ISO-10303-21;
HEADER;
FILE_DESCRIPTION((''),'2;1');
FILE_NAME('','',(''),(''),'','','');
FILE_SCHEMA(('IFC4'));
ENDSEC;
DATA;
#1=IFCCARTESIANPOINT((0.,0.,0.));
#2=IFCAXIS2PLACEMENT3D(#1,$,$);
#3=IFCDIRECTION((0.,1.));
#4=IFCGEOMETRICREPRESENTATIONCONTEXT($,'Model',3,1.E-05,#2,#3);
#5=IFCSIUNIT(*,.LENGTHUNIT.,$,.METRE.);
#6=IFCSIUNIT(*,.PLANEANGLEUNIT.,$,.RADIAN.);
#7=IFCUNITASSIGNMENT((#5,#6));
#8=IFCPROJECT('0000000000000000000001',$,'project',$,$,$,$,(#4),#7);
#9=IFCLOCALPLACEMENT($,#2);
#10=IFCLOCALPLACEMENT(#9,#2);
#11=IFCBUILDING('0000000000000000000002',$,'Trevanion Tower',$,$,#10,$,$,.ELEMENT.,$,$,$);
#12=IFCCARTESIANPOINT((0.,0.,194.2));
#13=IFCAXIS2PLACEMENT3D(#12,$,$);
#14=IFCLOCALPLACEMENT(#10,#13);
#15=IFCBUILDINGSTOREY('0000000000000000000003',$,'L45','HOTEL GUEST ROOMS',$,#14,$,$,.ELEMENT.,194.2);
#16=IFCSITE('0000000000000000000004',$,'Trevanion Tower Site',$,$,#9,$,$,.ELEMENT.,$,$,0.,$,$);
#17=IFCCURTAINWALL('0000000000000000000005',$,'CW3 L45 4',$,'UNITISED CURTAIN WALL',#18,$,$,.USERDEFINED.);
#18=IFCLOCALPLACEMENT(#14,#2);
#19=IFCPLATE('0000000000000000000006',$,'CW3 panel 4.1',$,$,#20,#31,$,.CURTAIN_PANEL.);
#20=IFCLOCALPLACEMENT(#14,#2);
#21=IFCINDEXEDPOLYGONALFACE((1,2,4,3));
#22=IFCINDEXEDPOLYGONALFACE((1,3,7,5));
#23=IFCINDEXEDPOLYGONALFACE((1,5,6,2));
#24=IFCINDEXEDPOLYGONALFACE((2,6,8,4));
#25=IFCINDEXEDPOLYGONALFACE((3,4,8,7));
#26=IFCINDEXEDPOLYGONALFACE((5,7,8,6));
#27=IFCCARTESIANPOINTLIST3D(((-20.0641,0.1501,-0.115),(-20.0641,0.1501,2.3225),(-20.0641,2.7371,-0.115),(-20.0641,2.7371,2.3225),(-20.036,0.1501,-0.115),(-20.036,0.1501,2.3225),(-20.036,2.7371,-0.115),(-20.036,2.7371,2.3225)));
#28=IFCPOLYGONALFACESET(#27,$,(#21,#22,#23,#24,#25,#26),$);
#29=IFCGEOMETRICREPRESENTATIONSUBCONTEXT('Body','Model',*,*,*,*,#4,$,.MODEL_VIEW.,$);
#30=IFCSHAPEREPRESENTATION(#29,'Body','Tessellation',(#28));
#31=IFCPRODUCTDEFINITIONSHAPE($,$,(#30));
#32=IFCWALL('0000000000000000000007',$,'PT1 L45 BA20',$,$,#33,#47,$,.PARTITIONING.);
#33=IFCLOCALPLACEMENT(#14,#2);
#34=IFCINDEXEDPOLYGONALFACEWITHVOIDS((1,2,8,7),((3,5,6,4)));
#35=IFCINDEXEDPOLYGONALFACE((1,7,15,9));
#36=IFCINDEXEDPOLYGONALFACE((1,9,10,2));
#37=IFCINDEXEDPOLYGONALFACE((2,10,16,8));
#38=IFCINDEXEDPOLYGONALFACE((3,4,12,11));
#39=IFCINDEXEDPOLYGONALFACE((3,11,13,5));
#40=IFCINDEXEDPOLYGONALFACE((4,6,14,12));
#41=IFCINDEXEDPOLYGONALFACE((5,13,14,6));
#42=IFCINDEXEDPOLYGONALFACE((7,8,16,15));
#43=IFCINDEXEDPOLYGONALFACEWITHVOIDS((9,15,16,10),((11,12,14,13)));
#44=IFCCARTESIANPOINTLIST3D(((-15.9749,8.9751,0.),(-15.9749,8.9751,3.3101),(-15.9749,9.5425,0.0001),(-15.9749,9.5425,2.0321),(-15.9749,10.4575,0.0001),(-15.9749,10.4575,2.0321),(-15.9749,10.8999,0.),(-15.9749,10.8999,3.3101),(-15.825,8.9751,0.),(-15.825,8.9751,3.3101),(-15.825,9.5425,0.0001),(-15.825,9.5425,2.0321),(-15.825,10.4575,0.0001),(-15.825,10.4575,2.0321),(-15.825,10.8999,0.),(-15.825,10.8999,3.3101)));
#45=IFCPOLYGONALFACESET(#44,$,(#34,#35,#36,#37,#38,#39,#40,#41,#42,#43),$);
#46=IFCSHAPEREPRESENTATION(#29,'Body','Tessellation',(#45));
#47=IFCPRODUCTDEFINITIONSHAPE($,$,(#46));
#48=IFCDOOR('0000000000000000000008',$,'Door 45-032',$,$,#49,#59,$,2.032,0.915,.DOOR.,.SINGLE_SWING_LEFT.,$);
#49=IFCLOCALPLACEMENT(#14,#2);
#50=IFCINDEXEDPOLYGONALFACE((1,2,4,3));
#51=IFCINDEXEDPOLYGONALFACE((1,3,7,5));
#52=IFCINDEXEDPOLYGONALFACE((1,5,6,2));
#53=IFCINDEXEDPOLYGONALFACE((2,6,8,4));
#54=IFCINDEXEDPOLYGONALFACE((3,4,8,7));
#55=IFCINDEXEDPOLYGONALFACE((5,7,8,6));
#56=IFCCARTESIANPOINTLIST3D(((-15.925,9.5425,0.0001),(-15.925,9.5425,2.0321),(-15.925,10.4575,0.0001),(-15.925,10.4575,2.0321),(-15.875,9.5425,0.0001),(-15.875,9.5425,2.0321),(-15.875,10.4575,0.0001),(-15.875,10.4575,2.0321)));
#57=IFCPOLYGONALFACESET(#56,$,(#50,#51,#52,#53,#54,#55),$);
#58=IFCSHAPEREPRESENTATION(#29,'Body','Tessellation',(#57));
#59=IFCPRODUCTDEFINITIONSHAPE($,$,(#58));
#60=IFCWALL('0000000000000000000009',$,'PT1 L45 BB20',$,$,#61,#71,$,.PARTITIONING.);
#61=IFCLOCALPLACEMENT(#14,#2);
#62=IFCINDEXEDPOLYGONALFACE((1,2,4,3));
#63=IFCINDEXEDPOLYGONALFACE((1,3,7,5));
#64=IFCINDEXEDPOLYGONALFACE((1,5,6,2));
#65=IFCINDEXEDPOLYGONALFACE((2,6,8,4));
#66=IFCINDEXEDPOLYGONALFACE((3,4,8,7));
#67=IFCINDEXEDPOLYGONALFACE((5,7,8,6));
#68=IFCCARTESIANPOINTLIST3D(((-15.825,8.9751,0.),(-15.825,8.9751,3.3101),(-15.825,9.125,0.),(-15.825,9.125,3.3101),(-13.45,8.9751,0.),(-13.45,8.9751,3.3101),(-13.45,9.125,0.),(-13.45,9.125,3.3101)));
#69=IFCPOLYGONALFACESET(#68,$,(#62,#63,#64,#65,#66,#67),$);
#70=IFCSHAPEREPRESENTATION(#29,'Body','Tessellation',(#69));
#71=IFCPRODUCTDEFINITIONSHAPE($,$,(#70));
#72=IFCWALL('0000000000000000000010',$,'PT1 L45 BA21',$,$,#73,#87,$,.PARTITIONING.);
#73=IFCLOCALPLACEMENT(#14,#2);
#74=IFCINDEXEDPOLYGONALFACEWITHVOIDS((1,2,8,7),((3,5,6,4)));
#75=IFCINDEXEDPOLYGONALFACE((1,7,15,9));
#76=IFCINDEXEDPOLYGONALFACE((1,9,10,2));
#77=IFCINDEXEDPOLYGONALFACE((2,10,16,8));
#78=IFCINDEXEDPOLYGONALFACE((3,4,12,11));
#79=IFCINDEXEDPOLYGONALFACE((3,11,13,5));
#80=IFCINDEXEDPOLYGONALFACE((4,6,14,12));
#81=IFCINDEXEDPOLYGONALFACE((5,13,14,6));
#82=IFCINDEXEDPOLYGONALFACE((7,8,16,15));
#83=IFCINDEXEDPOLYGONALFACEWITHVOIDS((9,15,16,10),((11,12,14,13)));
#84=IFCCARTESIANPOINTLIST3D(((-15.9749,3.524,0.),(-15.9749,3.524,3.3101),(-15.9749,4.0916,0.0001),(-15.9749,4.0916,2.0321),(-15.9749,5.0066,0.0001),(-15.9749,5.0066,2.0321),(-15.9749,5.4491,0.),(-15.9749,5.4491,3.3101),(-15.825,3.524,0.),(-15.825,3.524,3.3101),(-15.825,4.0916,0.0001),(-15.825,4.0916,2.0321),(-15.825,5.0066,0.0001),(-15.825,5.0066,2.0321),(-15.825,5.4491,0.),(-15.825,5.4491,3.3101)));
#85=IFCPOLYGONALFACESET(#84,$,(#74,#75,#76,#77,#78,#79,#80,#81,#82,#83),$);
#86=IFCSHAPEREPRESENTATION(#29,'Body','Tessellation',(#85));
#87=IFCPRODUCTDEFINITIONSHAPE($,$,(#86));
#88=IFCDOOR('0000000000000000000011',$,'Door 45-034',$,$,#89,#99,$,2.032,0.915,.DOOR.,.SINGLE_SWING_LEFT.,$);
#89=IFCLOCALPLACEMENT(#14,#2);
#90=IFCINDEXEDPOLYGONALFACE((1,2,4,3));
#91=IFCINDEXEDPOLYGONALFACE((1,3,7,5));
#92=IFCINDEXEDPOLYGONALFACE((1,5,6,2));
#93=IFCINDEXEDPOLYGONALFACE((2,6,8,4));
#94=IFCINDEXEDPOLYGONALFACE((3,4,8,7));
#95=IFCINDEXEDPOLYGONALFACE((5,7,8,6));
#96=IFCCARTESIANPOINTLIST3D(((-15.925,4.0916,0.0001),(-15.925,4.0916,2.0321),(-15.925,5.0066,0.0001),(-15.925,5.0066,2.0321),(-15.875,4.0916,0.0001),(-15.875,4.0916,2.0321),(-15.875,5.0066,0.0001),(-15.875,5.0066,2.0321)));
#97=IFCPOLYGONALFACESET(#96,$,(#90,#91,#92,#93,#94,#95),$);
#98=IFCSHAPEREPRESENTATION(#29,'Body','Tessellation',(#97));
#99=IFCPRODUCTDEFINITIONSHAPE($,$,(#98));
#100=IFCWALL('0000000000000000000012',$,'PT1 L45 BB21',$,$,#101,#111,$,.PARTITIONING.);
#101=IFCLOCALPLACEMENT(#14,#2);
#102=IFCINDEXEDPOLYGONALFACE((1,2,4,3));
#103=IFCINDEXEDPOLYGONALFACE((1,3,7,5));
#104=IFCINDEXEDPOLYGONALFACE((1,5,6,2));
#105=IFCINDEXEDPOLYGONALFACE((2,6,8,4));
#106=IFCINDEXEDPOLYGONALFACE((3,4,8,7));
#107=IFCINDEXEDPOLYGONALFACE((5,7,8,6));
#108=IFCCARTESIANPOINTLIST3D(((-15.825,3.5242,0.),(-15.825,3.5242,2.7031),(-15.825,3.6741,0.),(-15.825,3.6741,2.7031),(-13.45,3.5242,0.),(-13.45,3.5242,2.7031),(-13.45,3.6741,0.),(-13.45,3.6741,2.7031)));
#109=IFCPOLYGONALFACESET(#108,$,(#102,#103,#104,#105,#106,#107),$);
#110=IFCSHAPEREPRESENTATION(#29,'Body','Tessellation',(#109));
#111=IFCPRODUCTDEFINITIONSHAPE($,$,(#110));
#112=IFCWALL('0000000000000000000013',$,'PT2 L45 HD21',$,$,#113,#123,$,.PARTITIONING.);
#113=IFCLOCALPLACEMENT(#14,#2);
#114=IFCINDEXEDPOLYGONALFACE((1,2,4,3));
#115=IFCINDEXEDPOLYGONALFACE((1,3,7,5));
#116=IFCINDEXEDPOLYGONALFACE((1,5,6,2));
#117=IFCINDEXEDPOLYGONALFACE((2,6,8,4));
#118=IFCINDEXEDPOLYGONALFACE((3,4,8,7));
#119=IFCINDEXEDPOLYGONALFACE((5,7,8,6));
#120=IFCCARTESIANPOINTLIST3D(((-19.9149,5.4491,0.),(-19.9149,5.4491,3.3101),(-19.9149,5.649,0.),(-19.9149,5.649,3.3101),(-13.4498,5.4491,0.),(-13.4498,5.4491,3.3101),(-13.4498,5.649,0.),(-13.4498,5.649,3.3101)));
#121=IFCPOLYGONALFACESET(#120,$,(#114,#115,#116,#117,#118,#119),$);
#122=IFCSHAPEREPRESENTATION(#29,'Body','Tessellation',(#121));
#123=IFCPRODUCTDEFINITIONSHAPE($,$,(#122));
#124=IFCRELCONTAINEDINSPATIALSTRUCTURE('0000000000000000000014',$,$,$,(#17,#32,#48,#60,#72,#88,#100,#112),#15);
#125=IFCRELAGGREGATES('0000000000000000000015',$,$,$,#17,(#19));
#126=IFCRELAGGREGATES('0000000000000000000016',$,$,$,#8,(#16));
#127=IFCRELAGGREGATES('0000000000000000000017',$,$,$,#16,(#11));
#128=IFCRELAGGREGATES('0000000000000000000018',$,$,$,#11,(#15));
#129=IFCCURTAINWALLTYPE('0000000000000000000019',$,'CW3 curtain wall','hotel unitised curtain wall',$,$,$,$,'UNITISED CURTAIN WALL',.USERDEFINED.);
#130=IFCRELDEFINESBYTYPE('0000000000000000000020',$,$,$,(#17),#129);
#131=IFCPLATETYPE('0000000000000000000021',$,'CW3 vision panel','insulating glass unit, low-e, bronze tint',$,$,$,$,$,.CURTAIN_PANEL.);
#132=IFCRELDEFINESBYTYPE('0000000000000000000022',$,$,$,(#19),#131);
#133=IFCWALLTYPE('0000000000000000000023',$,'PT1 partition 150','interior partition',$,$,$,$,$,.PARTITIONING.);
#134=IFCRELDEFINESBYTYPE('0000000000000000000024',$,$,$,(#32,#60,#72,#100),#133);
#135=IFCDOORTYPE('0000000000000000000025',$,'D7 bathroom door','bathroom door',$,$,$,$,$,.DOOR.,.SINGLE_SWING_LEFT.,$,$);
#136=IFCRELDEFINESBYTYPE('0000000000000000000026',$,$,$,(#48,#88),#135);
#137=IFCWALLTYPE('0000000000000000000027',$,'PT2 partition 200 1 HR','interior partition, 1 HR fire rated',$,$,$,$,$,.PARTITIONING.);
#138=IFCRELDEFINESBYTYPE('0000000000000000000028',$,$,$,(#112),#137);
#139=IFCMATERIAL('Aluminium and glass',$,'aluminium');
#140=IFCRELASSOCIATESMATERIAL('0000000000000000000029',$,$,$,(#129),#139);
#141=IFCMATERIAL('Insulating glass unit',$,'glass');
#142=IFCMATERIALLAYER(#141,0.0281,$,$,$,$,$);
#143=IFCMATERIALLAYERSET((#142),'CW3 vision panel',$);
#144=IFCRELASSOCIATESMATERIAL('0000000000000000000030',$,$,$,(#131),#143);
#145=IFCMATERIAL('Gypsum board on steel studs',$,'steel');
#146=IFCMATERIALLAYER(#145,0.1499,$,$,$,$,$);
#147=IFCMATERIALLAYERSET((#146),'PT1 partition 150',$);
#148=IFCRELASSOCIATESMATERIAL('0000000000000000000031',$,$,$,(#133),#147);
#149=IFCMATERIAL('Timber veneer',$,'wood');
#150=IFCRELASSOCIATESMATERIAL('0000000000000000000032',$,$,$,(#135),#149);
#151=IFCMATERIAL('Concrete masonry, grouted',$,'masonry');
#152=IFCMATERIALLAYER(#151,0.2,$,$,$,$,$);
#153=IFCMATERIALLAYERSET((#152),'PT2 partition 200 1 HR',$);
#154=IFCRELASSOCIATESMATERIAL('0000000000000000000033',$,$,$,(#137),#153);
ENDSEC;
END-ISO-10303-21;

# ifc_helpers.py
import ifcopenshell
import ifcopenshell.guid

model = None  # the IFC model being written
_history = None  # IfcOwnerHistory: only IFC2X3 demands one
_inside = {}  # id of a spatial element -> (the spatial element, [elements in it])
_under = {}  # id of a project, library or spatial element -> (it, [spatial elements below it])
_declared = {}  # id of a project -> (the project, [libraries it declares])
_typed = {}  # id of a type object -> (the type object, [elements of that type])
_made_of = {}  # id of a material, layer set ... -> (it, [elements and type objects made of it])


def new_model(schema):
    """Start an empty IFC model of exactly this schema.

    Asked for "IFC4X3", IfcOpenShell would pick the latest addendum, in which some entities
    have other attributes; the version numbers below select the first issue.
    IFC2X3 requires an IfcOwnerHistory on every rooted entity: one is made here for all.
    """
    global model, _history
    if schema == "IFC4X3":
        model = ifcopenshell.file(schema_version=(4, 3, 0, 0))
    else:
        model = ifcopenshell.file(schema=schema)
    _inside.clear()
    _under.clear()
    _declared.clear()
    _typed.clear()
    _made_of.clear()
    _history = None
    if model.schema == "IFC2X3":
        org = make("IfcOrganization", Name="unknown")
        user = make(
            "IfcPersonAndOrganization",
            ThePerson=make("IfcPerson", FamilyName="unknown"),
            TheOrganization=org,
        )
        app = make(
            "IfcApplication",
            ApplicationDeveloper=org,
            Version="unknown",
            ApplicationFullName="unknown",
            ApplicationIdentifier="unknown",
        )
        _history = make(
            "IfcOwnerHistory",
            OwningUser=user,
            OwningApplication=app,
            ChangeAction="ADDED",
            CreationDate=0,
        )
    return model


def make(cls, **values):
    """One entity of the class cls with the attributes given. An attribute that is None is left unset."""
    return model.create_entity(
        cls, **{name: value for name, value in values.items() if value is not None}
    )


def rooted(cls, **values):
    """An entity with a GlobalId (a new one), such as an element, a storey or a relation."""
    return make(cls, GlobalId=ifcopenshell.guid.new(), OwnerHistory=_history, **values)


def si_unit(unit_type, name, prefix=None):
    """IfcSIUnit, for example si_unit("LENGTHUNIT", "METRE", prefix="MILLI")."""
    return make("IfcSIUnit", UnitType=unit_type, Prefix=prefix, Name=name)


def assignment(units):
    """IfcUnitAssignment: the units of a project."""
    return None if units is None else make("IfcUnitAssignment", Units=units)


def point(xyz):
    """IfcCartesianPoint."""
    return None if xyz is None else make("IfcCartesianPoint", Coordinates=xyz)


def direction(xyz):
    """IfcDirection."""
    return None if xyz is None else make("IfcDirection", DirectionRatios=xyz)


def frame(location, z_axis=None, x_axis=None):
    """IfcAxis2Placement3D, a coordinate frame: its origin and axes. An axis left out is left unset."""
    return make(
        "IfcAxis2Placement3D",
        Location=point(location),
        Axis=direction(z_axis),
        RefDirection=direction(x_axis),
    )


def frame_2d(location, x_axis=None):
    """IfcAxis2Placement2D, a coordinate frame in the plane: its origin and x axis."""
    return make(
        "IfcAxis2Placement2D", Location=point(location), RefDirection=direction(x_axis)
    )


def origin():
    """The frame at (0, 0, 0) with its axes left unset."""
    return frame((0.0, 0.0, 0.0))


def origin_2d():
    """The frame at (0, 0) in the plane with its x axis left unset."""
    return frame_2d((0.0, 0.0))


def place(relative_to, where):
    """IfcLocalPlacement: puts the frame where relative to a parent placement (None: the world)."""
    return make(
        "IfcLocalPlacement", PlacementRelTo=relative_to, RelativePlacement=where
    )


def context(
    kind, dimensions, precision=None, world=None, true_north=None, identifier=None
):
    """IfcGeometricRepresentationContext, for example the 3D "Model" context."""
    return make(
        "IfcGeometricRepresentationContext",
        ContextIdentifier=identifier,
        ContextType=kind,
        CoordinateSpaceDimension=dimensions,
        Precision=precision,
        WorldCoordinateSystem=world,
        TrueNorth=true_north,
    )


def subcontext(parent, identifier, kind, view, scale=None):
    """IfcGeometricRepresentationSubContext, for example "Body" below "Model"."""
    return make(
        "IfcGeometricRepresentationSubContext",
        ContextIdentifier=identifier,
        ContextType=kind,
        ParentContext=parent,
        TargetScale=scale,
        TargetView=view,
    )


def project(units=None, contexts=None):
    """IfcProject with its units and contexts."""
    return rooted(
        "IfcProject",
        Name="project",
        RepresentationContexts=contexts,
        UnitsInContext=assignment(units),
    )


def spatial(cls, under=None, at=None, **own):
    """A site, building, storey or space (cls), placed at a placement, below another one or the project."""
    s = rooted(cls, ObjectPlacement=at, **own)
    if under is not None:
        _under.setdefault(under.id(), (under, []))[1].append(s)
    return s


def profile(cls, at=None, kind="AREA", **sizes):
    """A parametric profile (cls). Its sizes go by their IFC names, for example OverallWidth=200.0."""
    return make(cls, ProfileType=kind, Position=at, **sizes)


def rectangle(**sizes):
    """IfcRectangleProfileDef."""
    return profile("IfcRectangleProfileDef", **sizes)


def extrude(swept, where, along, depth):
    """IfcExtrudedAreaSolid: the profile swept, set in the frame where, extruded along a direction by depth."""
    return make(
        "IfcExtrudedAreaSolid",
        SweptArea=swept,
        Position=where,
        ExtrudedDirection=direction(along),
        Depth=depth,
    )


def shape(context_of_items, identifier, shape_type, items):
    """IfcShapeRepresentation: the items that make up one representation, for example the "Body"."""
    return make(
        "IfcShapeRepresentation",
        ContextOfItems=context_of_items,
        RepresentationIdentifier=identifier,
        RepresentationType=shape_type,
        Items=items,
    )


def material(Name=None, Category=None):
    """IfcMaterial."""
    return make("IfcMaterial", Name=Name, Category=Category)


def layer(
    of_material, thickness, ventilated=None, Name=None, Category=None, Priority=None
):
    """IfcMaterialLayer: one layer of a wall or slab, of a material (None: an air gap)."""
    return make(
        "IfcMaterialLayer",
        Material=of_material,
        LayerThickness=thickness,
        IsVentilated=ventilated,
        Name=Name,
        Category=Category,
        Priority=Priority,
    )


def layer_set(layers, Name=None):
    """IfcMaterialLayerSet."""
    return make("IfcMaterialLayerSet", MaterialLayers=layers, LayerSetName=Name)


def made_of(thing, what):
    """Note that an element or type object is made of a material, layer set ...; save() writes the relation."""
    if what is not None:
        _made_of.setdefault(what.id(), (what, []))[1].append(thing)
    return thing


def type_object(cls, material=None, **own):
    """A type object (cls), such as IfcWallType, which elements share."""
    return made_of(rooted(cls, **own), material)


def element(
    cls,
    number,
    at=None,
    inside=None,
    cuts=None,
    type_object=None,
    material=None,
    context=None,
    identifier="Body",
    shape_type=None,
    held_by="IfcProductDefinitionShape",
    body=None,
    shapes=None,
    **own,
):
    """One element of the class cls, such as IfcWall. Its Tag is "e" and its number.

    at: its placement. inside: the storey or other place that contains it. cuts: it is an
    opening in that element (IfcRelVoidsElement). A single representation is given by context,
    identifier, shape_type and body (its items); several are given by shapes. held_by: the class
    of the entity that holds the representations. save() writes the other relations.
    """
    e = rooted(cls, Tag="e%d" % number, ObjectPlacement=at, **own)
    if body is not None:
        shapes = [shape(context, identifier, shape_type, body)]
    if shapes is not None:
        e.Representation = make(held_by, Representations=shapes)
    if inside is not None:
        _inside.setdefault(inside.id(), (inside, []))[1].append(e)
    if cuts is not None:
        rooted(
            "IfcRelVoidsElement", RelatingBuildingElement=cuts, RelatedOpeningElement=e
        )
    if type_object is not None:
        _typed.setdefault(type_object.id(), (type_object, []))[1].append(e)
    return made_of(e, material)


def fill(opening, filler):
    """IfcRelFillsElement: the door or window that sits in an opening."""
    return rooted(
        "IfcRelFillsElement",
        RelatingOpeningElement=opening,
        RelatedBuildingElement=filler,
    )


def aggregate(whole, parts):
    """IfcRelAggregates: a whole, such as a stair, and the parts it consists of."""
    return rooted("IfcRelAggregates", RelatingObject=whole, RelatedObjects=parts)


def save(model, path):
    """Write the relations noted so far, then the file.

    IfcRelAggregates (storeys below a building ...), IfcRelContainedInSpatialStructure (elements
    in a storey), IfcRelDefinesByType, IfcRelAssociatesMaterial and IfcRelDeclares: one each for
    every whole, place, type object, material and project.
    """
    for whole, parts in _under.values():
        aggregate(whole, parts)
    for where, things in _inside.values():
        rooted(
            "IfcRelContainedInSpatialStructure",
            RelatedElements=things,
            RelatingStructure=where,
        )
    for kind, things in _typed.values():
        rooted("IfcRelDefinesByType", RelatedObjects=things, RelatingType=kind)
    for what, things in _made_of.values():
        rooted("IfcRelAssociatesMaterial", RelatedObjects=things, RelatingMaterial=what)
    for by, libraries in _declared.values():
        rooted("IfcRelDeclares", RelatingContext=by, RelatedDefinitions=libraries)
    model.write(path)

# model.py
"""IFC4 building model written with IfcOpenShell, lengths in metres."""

from ifc_helpers import new_model, si_unit, direction, frame, frame_2d, origin, origin_2d, place, context, subcontext, project, spatial, rectangle, extrude, material, layer, layer_set, type_object, element, fill, aggregate, save


model = new_model("IFC4")

# Units and contexts
model_context = context("Model", 3, precision=1e-05, world=origin(), true_north=direction((0.0, 1.0)))
body_context = subcontext(model_context, "Body", "Model", "MODEL_VIEW")
ifc_project = project(units=[si_unit("LENGTHUNIT", "METRE"), si_unit("PLANEANGLEUNIT", "RADIAN")], contexts=[model_context])

# Site, building, storey
site_placement = place(None, origin())
site = spatial("IfcSite", under=ifc_project, at=site_placement, Name="Trevanion Tower Site", CompositionType="ELEMENT", RefElevation=0.0)
building_placement = place(site_placement, origin())
building = spatial("IfcBuilding", under=site, at=building_placement, Name="Trevanion Tower", CompositionType="ELEMENT")
storey_placement = place(building_placement, frame((0.0, 0.0, 194.2)))
storey = spatial("IfcBuildingStorey", under=building, at=storey_placement, Name="L45", Description="HOTEL GUEST ROOMS", CompositionType="ELEMENT", Elevation=194.2)

# Curtain wall
ifc_material_1 = material(Name="Aluminium and glass", Category="aluminium")
curtain_wall_type = type_object("IfcCurtainWallType", Name="CW3 curtain wall", Description="hotel unitised curtain wall", ElementType="UNITISED CURTAIN WALL", PredefinedType="USERDEFINED", material=ifc_material_1)
curtain_wall_placement = place(storey_placement, origin())
curtain_wall = element("IfcCurtainWall", 1, at=curtain_wall_placement, inside=storey, type_object=curtain_wall_type, Name="CW3 L45 4", ObjectType="UNITISED CURTAIN WALL", PredefinedType="USERDEFINED")

# Plate
ifc_material_2 = material(Name="Insulating glass unit", Category="glass")
ifc_layer_1 = layer(ifc_material_2, 0.0281)
ifc_layer_set_1 = layer_set([ifc_layer_1], Name="CW3 vision panel")
plate_type_1 = type_object("IfcPlateType", Name="CW3 vision panel", Description="insulating glass unit, low-e, bronze tint", PredefinedType="CURTAIN_PANEL", material=ifc_layer_set_1)
plate_1_placement = place(storey_placement, frame((-20.05, 1.4436, -0.115), z_axis=(0.0, 0.0, 1.0), x_axis=(0.0, -1.0, 0.0)))
plate_1 = element("IfcPlate", 2, at=plate_1_placement, type_object=plate_type_1, Name="CW3 panel 4.1", PredefinedType="CURTAIN_PANEL", context=body_context, shape_type="SweptSolid", body=[
    extrude(rectangle(XDim=2.5869, YDim=0.0281, at=origin_2d()), origin(), (0.0, 0.0, 1.0), 2.4375),
])
aggregate(curtain_wall, [plate_1])

# Wall, opening, door
ifc_material_3 = material(Name="Gypsum board on steel studs", Category="steel")
ifc_layer_2 = layer(ifc_material_3, 0.1499)
ifc_layer_set_2 = layer_set([ifc_layer_2], Name="PT1 partition 150")
wall_type_1 = type_object("IfcWallType", Name="PT1 partition 150", Description="interior partition", PredefinedType="PARTITIONING", material=ifc_layer_set_2)
wall_1_placement = place(storey_placement, frame((-15.8999, 10.8999, 0.0), z_axis=(0.0, 0.0, 1.0), x_axis=(0.0, -1.0, 0.0)))
wall_1 = element("IfcWall", 3, at=wall_1_placement, inside=storey, type_object=wall_type_1, Name="PT1 L45 BA20", PredefinedType="PARTITIONING", context=body_context, shape_type="SweptSolid", body=[
    extrude(rectangle(XDim=1.9248, YDim=0.1499, at=frame_2d((0.9624, 0.0))), origin(), (0.0, 0.0, 1.0), 3.3101),
])
opening_1_placement = place(wall_1_placement, frame((0.4424, 0.0, 0.0)))
opening_1 = element("IfcOpeningElement", 4, at=opening_1_placement, cuts=wall_1, PredefinedType="OPENING", context=body_context, shape_type="SweptSolid", body=[
    extrude(rectangle(XDim=0.915, YDim=2.032, at=frame_2d((0.4575, 1.0161))), frame((0.0, 0.085, 0.0), z_axis=(0.0, -1.0, 0.0), x_axis=(1.0, 0.0, 0.0)), (0.0, 0.0, 1.0), 0.1699),
])
ifc_material_4 = material(Name="Timber veneer", Category="wood")
door_type = type_object("IfcDoorType", Name="D7 bathroom door", Description="bathroom door", OperationType="SINGLE_SWING_LEFT", PredefinedType="DOOR", material=ifc_material_4)
door_1_placement = place(opening_1_placement, origin())
door_1 = element("IfcDoor", 5, at=door_1_placement, inside=storey, type_object=door_type, Name="Door 45-032", OperationType="SINGLE_SWING_LEFT", OverallHeight=2.032, OverallWidth=0.915, PredefinedType="DOOR", context=body_context, shape_type="SweptSolid", body=[
    extrude(rectangle(XDim=0.915, YDim=2.032, at=frame_2d((0.4575, 1.0161))), frame((0.0, 0.0249, 0.0), z_axis=(0.0, -1.0, 0.0), x_axis=(1.0, 0.0, 0.0)), (0.0, 0.0, 1.0), 0.05),
])
fill(opening_1, door_1)

# Wall
wall_2_placement = place(storey_placement, frame((-13.45, 9.05, 0.0), z_axis=(0.0, 0.0, 1.0), x_axis=(-1.0, 0.0, 0.0)))
element("IfcWall", 6, at=wall_2_placement, inside=storey, type_object=wall_type_1, Name="PT1 L45 BB20", PredefinedType="PARTITIONING", context=body_context, shape_type="SweptSolid", body=[
    extrude(rectangle(XDim=2.375, YDim=0.1499, at=frame_2d((1.1875, 0.0))), origin(), (0.0, 0.0, 1.0), 3.3101),
])

# Wall, opening, door
wall_3_placement = place(storey_placement, frame((-15.8999, 5.449, 0.0), z_axis=(0.0, 0.0, 1.0), x_axis=(0.0, -1.0, 0.0)))
wall_3 = element("IfcWall", 7, at=wall_3_placement, inside=storey, type_object=wall_type_1, Name="PT1 L45 BA21", PredefinedType="PARTITIONING", context=body_context, shape_type="SweptSolid", body=[
    extrude(rectangle(XDim=1.925, YDim=0.1499, at=frame_2d((0.9624, 0.0))), origin(), (0.0, 0.0, 1.0), 3.3101),
])
opening_2_placement = place(wall_3_placement, frame((0.4424, 0.0, 0.0)))
opening_2 = element("IfcOpeningElement", 8, at=opening_2_placement, cuts=wall_3, PredefinedType="OPENING", context=body_context, shape_type="SweptSolid", body=[
    extrude(rectangle(XDim=0.915, YDim=2.032, at=frame_2d((0.4575, 1.0161))), frame((0.0, 0.085, 0.0), z_axis=(0.0, -1.0, 0.0), x_axis=(1.0, 0.0, 0.0)), (0.0, 0.0, 1.0), 0.1699),
])
door_2_placement = place(opening_2_placement, origin())
door_2 = element("IfcDoor", 9, at=door_2_placement, inside=storey, type_object=door_type, Name="Door 45-034", OperationType="SINGLE_SWING_LEFT", OverallHeight=2.032, OverallWidth=0.915, PredefinedType="DOOR", context=body_context, shape_type="SweptSolid", body=[
    extrude(rectangle(XDim=0.915, YDim=2.032, at=frame_2d((0.4575, 1.0161))), frame((0.0, 0.0249, 0.0), z_axis=(0.0, -1.0, 0.0), x_axis=(1.0, 0.0, 0.0)), (0.0, 0.0, 1.0), 0.05),
])
fill(opening_2, door_2)

# Walls
wall_4_placement = place(storey_placement, frame((-13.45, 3.5991, 0.0), z_axis=(0.0, 0.0, 1.0), x_axis=(-1.0, 0.0, 0.0)))
element("IfcWall", 10, at=wall_4_placement, inside=storey, type_object=wall_type_1, Name="PT1 L45 BB21", PredefinedType="PARTITIONING", context=body_context, shape_type="SweptSolid", body=[
    extrude(rectangle(XDim=2.375, YDim=0.1499, at=frame_2d((1.1875, 0.0))), origin(), (0.0, 0.0, 1.0), 2.7031),
])
ifc_material_5 = material(Name="Concrete masonry, grouted", Category="masonry")
ifc_layer_3 = layer(ifc_material_5, 0.2)
ifc_layer_set_3 = layer_set([ifc_layer_3], Name="PT2 partition 200 1 HR")
wall_type_2 = type_object("IfcWallType", Name="PT2 partition 200 1 HR", Description="interior partition, 1 HR fire rated", PredefinedType="PARTITIONING", material=ifc_layer_set_3)
wall_5_placement = place(storey_placement, frame((-13.45, 5.5491, 0.0), z_axis=(0.0, 0.0, 1.0), x_axis=(-1.0, 0.0, 0.0)))
element("IfcWall", 11, at=wall_5_placement, inside=storey, type_object=wall_type_2, Name="PT2 L45 HD21", PredefinedType="PARTITIONING", context=body_context, shape_type="SweptSolid", body=[
    extrude(rectangle(XDim=6.4651, YDim=0.2, at=frame_2d((3.2324, 0.0))), origin(), (0.0, 0.0, 1.0), 3.3101),
])

save(model, "model.ifc")
